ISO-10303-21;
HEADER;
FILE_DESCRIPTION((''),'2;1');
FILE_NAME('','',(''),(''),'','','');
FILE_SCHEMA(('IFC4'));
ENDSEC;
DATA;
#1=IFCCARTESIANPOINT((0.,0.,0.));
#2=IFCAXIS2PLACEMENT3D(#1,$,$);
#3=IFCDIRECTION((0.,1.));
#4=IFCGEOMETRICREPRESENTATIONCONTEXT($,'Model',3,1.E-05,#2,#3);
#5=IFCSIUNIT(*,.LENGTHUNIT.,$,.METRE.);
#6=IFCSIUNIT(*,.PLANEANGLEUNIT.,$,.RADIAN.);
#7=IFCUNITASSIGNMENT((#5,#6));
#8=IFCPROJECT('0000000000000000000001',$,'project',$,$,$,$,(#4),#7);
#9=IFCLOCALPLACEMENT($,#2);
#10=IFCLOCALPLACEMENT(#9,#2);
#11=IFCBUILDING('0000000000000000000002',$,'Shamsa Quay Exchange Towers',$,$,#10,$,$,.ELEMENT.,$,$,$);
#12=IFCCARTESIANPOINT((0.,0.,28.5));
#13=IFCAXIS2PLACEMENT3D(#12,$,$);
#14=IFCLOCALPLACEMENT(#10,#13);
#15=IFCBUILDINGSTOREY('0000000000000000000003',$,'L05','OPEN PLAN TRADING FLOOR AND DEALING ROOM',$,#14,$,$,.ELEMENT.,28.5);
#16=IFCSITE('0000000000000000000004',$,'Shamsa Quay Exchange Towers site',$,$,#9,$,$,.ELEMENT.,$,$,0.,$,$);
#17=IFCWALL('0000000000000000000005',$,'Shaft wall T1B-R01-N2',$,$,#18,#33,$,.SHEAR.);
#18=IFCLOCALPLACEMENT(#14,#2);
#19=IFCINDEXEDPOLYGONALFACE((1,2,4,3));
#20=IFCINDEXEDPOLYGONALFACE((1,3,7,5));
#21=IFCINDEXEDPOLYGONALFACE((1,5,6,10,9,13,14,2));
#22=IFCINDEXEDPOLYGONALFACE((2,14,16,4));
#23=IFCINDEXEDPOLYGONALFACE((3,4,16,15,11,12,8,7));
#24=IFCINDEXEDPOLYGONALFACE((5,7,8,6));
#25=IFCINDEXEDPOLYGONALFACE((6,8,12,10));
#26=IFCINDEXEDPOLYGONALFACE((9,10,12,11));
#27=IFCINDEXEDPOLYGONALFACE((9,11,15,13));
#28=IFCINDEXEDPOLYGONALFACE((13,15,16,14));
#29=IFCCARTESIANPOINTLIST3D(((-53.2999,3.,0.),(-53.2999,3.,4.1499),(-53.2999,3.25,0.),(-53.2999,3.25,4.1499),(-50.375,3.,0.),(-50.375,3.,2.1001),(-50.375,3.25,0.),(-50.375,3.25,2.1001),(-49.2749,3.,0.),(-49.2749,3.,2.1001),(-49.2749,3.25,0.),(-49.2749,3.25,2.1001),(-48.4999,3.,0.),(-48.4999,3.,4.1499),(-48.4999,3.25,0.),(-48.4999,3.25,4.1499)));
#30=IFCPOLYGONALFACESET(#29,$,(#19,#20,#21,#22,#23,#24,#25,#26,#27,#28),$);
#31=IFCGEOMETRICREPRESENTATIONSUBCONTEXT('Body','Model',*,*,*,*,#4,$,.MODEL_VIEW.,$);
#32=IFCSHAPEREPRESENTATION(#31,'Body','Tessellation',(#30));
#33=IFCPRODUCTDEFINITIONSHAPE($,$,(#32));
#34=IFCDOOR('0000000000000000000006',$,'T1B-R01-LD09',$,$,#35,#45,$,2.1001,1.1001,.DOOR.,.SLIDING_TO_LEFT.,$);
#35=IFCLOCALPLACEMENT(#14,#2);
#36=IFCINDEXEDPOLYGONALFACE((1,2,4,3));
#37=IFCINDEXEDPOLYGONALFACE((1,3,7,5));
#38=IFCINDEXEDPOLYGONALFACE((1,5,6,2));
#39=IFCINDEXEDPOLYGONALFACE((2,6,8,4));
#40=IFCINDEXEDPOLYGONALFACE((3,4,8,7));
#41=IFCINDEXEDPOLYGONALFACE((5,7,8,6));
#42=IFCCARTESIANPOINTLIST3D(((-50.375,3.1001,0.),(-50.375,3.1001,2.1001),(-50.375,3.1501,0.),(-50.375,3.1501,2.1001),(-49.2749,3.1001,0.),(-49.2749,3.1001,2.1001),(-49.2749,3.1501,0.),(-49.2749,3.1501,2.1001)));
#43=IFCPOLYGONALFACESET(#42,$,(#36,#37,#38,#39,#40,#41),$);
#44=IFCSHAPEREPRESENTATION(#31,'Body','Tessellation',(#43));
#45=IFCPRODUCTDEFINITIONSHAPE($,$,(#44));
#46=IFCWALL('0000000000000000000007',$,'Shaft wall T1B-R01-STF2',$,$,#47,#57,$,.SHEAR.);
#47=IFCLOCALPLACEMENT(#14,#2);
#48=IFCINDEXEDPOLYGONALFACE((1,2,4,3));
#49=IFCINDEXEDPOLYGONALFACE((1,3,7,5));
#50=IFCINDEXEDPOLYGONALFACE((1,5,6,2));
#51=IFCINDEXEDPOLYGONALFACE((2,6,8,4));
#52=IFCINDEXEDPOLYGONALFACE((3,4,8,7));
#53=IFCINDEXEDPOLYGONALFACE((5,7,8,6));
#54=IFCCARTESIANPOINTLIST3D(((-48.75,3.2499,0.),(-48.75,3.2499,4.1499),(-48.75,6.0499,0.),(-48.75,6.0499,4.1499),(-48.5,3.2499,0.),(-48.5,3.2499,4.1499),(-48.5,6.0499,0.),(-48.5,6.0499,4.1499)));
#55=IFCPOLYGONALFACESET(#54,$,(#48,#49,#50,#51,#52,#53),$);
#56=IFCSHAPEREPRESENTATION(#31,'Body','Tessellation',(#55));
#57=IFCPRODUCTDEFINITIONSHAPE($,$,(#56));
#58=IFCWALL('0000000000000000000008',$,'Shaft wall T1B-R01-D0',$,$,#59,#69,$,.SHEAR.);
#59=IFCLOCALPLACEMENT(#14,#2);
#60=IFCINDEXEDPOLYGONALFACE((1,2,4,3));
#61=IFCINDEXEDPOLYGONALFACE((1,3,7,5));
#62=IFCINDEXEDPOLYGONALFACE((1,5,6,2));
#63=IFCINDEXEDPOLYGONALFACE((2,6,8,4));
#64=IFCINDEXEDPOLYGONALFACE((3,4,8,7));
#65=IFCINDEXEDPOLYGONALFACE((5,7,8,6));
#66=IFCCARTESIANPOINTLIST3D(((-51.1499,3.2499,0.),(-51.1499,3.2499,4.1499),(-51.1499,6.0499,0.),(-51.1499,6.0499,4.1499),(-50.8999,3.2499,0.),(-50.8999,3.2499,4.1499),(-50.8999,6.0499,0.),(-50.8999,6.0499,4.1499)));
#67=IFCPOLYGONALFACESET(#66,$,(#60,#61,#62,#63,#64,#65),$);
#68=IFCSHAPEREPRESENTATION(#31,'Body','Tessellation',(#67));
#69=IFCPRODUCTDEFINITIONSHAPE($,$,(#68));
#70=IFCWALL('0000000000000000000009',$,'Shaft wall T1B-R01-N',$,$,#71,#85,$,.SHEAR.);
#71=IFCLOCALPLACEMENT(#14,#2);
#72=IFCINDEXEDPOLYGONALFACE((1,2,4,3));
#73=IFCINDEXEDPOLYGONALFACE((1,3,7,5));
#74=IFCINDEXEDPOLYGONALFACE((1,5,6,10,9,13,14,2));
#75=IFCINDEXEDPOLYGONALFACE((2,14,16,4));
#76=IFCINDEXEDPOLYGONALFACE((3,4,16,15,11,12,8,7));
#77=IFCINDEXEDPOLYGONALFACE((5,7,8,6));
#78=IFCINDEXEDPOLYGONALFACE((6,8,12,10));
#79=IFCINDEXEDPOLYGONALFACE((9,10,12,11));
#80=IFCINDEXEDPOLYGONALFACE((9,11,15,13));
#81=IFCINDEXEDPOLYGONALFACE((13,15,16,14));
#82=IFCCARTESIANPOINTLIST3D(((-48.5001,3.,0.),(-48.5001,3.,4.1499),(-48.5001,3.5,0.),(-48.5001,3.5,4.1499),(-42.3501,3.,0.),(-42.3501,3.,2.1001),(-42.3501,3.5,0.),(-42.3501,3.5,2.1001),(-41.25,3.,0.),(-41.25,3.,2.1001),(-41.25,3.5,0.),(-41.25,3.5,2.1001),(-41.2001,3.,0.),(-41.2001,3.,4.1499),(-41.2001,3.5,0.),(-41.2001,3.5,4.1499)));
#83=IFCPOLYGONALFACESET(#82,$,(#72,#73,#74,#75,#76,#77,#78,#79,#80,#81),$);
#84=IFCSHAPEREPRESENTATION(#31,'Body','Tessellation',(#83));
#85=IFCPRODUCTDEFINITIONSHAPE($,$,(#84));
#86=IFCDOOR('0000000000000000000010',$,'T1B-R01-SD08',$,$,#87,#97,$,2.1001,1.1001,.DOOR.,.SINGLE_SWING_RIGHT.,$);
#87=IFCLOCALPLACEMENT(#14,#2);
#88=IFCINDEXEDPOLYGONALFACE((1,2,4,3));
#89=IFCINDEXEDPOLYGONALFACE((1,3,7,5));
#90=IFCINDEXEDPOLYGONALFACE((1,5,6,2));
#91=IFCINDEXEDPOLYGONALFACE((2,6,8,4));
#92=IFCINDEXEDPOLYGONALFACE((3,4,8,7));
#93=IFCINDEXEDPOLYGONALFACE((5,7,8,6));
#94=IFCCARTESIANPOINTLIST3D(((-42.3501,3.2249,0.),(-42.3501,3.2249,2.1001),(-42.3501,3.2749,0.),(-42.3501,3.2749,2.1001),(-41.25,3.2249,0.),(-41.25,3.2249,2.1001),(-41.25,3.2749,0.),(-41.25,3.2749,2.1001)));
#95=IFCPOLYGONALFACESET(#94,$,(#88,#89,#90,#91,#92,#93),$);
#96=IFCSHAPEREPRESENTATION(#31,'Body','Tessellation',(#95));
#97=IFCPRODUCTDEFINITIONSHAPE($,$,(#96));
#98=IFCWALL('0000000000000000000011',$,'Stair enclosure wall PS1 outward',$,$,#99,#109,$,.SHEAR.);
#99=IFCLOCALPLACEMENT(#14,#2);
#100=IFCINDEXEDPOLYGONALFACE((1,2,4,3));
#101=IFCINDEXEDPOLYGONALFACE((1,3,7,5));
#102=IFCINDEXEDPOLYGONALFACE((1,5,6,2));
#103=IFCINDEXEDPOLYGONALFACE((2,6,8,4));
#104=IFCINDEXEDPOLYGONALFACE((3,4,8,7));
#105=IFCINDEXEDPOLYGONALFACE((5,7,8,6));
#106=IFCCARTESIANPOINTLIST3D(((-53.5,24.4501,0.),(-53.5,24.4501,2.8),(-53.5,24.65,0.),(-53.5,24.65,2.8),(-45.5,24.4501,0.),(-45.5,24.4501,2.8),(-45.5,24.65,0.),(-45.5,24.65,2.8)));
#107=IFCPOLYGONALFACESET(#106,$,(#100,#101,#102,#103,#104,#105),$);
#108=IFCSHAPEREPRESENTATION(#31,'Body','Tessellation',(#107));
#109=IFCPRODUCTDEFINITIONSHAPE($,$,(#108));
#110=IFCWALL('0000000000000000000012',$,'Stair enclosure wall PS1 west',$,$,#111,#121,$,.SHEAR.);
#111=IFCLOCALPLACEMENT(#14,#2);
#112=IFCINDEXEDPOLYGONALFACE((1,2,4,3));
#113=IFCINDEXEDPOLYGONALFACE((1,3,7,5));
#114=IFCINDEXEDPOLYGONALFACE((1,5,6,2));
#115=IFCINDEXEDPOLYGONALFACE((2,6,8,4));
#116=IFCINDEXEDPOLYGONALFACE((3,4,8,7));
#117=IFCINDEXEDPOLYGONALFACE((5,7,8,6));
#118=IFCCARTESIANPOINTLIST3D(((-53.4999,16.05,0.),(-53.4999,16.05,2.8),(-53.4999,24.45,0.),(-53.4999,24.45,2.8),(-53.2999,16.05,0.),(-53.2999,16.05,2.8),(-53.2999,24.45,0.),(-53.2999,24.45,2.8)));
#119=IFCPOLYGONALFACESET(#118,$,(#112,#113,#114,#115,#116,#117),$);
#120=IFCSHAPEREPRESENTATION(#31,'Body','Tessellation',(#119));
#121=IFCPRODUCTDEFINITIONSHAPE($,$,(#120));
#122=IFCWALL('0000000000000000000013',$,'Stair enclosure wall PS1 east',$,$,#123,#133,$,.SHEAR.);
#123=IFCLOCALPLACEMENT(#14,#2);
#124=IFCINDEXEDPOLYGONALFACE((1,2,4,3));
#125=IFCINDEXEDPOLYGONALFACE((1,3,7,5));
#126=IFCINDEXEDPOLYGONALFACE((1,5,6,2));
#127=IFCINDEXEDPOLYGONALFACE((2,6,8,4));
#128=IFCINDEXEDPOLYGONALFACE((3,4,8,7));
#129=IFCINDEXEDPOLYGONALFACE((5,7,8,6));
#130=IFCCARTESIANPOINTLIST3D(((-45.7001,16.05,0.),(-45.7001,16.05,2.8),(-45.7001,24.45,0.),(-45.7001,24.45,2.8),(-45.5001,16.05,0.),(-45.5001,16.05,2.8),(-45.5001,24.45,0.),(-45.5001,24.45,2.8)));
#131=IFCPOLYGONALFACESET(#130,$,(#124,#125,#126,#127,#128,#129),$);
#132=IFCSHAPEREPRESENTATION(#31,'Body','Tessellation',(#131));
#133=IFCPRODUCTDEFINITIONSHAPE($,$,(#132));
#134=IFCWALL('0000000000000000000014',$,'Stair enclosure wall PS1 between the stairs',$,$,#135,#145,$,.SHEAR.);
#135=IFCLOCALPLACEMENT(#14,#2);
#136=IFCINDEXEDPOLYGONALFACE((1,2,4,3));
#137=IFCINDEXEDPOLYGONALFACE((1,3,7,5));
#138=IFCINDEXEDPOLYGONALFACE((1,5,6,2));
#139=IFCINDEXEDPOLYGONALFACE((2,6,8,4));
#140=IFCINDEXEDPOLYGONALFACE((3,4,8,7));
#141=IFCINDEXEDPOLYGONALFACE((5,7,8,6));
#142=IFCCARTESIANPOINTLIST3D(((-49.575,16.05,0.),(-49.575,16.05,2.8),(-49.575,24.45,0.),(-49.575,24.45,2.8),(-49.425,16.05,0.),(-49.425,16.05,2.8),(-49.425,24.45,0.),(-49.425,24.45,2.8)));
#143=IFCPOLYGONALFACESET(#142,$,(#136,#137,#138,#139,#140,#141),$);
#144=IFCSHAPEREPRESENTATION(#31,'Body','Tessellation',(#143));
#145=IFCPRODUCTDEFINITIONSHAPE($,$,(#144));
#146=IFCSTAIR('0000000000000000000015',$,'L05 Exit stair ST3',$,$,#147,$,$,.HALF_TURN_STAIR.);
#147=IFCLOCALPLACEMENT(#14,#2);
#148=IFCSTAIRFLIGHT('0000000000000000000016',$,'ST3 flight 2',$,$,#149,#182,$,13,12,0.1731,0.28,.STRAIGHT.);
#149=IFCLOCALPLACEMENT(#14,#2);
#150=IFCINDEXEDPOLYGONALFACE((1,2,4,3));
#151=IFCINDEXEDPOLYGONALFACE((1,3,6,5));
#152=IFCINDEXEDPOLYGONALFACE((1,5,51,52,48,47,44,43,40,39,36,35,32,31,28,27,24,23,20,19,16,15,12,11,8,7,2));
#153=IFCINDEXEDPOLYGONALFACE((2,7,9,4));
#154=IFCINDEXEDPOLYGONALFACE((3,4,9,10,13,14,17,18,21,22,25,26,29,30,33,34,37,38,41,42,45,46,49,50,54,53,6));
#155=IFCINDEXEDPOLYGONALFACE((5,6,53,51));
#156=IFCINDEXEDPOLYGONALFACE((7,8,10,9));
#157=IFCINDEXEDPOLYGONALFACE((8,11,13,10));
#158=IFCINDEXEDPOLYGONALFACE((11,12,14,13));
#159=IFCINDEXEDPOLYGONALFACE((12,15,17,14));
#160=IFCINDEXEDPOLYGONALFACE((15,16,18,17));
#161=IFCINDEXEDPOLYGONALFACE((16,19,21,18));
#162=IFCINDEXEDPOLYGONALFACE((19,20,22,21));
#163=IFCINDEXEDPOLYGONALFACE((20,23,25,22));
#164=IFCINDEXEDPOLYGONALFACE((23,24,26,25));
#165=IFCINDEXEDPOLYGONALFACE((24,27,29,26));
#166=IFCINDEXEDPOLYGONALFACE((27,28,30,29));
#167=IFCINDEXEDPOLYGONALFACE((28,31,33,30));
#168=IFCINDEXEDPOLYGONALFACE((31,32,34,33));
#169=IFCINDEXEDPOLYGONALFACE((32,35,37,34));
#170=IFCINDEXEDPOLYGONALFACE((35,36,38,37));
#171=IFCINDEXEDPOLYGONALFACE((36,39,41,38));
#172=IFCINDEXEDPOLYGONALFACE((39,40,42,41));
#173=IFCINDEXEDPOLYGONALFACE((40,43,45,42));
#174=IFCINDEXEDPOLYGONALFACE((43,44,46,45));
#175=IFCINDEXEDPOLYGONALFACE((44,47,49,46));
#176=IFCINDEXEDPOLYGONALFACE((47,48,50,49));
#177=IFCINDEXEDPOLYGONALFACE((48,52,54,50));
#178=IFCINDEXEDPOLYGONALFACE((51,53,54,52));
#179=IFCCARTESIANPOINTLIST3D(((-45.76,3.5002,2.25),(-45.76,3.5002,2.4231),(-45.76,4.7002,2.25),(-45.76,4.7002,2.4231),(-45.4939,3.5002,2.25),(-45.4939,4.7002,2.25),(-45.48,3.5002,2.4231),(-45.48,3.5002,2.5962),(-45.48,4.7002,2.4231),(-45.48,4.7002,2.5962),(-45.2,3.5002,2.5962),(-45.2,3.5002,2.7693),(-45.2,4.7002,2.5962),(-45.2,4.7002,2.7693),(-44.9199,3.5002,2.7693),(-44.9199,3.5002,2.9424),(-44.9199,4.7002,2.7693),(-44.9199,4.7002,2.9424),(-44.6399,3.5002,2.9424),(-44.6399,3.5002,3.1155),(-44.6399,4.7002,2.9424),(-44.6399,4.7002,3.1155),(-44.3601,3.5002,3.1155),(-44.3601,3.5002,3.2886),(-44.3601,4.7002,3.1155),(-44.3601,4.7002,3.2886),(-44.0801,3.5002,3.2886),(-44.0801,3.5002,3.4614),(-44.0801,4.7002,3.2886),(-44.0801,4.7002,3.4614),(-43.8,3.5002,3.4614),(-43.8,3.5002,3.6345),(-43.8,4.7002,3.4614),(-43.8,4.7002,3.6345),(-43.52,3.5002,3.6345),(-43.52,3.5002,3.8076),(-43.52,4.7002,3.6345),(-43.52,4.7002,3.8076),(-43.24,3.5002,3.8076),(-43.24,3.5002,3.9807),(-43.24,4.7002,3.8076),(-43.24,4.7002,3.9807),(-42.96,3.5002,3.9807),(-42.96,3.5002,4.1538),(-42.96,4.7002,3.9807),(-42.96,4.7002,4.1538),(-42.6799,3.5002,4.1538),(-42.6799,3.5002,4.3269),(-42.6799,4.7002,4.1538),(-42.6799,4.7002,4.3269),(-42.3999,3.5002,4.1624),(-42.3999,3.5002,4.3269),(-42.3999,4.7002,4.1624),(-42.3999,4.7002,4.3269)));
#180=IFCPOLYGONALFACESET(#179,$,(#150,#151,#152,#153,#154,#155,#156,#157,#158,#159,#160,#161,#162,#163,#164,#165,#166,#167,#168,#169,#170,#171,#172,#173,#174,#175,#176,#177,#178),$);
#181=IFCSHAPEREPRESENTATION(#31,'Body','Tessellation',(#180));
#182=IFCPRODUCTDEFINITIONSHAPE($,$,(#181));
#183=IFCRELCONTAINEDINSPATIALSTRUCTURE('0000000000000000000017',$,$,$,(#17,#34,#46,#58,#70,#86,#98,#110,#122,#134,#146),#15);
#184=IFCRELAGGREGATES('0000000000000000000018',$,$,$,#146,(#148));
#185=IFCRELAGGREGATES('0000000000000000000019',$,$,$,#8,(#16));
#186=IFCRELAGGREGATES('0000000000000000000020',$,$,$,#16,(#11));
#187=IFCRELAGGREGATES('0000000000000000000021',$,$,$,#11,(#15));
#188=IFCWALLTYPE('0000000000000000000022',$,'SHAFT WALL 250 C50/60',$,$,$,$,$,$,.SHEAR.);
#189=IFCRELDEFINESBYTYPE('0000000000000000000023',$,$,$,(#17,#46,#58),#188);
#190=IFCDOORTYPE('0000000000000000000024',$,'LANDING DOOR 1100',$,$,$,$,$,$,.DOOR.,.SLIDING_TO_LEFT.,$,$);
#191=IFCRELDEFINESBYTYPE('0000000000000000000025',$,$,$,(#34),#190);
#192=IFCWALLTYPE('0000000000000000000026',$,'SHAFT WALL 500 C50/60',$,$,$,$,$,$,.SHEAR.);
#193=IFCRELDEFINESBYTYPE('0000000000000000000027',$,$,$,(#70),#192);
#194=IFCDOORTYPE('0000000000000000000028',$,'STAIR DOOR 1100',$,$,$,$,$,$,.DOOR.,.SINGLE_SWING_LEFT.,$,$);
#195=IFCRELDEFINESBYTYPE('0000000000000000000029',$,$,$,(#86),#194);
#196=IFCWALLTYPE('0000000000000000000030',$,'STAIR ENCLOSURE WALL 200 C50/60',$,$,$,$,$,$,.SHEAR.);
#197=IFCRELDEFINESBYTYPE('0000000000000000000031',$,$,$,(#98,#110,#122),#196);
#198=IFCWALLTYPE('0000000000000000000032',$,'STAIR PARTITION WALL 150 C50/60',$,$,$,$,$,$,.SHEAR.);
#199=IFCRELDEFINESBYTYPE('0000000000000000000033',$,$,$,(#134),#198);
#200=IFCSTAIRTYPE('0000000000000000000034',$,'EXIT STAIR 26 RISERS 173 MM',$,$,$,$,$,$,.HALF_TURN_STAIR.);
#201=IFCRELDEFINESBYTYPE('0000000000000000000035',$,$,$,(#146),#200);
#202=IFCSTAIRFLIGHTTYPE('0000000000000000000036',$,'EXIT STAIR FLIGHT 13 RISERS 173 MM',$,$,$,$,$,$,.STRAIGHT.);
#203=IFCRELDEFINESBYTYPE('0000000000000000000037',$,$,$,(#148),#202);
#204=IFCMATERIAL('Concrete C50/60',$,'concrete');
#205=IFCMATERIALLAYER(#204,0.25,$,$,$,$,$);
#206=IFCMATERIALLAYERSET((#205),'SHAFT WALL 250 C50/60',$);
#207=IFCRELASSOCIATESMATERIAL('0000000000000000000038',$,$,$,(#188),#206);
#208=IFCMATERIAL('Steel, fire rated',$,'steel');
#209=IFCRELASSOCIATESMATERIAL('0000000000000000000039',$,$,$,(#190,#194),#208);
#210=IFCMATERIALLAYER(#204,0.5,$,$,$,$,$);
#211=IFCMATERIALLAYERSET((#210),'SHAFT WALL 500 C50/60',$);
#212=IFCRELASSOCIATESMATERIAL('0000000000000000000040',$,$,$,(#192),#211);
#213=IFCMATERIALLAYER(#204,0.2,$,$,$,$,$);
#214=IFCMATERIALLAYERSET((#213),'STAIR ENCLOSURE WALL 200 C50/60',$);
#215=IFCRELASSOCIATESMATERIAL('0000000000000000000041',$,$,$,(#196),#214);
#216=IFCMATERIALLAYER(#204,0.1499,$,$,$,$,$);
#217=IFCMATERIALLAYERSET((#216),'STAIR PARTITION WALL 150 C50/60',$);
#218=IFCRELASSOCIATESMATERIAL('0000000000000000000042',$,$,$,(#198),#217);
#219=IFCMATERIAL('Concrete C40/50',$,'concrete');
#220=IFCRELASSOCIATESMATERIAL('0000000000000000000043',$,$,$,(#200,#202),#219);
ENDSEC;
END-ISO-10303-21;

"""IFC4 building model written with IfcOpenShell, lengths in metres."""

from ifc_helpers import new_model, si_unit, direction, frame, frame_2d, origin, place, context, subcontext, project, spatial, polyline, rectangle, outline, extrude, material, layer, layer_set, type_object, element, fill, aggregate, save


model = new_model("IFC4")

# Units and contexts
model_context = context("Model", 3, precision=1e-05, world=origin(), true_north=direction((0.0, 1.0)))
body_context = subcontext(model_context, "Body", "Model", "MODEL_VIEW")
ifc_project = project(units=[si_unit("LENGTHUNIT", "METRE"), si_unit("PLANEANGLEUNIT", "RADIAN")], contexts=[model_context])

# Site, building, storey
site_placement = place(None, origin())
site = spatial("IfcSite", under=ifc_project, at=site_placement, Name="Shamsa Quay Exchange Towers site", CompositionType="ELEMENT", RefElevation=0.0)
building_placement = place(site_placement, origin())
building = spatial("IfcBuilding", under=site, at=building_placement, Name="Shamsa Quay Exchange Towers", CompositionType="ELEMENT")
storey_placement = place(building_placement, frame((0.0, 0.0, 28.5)))
storey = spatial("IfcBuildingStorey", under=building, at=storey_placement, Name="L05", Description="OPEN PLAN TRADING FLOOR AND DEALING ROOM", CompositionType="ELEMENT", Elevation=28.5)

# Wall, opening, door
ifc_material_1 = material(Name="Concrete C50/60", Category="concrete")
ifc_layer_1 = layer(ifc_material_1, 0.25)
ifc_layer_set_1 = layer_set([ifc_layer_1], Name="SHAFT WALL 250 C50/60")
wall_type_1 = type_object("IfcWallType", Name="SHAFT WALL 250 C50/60", PredefinedType="SHEAR", material=ifc_layer_set_1)
wall_1_placement = place(storey_placement, frame((-48.5, 3.125, 0.0), z_axis=(0.0, 0.0, 1.0), x_axis=(-1.0, 0.0, 0.0)))
wall_1 = element("IfcWall", 1, at=wall_1_placement, inside=storey, type_object=wall_type_1, Name="Shaft wall T1B-R01-N2", PredefinedType="SHEAR", context=body_context, shape_type="SweptSolid", body=[
    extrude(rectangle(XDim=4.8, YDim=0.25, at=frame_2d((2.3999, 0.0))), origin(), (0.0, 0.0, 1.0), 4.1499),
])
opening_1_placement = place(wall_1_placement, frame((0.7749, 0.0, 0.0)))
opening_1 = element("IfcOpeningElement", 2, at=opening_1_placement, cuts=wall_1, PredefinedType="OPENING", context=body_context, shape_type="SweptSolid", body=[
    extrude(rectangle(XDim=1.1001, YDim=2.1001, at=frame_2d((0.55, 1.05))), frame((0.0, 0.135, 0.0), z_axis=(0.0, -1.0, 0.0), x_axis=(1.0, 0.0, 0.0)), (0.0, 0.0, 1.0), 0.27),
])
ifc_material_2 = material(Name="Steel, fire rated", Category="steel")
door_type_1 = type_object("IfcDoorType", Name="LANDING DOOR 1100", OperationType="SLIDING_TO_LEFT", PredefinedType="DOOR", material=ifc_material_2)
door_1_placement = place(opening_1_placement, origin())
door_1 = element("IfcDoor", 3, at=door_1_placement, inside=storey, type_object=door_type_1, Name="T1B-R01-LD09", OperationType="SLIDING_TO_LEFT", OverallHeight=2.1001, OverallWidth=1.1001, PredefinedType="DOOR", context=body_context, shape_type="SweptSolid", body=[
    extrude(rectangle(XDim=1.1001, YDim=2.1001, at=frame_2d((0.55, 1.05))), frame((0.0, 0.0249, 0.0), z_axis=(0.0, -1.0, 0.0), x_axis=(1.0, 0.0, 0.0)), (0.0, 0.0, 1.0), 0.05),
])
fill(opening_1, door_1)

# Walls
for number, where, z_axis, x_axis, name in (
    (4, (-48.625, 3.25, 0.0), (0.0, 0.0, 1.0), (0.0, 1.0, 0.0), "Shaft wall T1B-R01-STF2"),
    (5, (-51.0249, 3.25, 0.0), (0.0, 0.0, 1.0), (0.0, 1.0, 0.0), "Shaft wall T1B-R01-D0"),
):
    element("IfcWall", number, at=place(storey_placement, frame(where, z_axis=z_axis, x_axis=x_axis)), inside=storey, type_object=wall_type_1, Name=name, PredefinedType="SHEAR", context=body_context, shape_type="SweptSolid", body=[
        extrude(rectangle(XDim=2.8, YDim=0.25, at=frame_2d((1.3999, 0.0))), origin(), (0.0, 0.0, 1.0), 4.1499),
    ])

# Wall, opening, door
ifc_layer_2 = layer(ifc_material_1, 0.5)
ifc_layer_set_2 = layer_set([ifc_layer_2], Name="SHAFT WALL 500 C50/60")
wall_type_2 = type_object("IfcWallType", Name="SHAFT WALL 500 C50/60", PredefinedType="SHEAR", material=ifc_layer_set_2)
wall_2_placement = place(storey_placement, frame((-48.5, 3.25, 0.0)))
wall_2 = element("IfcWall", 6, at=wall_2_placement, inside=storey, type_object=wall_type_2, Name="Shaft wall T1B-R01-N", PredefinedType="SHEAR", context=body_context, shape_type="SweptSolid", body=[
    extrude(rectangle(XDim=7.3, YDim=0.5, at=frame_2d((3.6499, 0.0))), origin(), (0.0, 0.0, 1.0), 4.1499),
])
opening_2_placement = place(wall_2_placement, frame((6.1499, 0.0, 0.0)))
opening_2 = element("IfcOpeningElement", 7, at=opening_2_placement, cuts=wall_2, PredefinedType="OPENING", context=body_context, shape_type="SweptSolid", body=[
    extrude(rectangle(XDim=1.1001, YDim=2.1001, at=frame_2d((0.55, 1.05))), frame((0.0, 0.26, 0.0), z_axis=(0.0, -1.0, 0.0), x_axis=(1.0, 0.0, 0.0)), (0.0, 0.0, 1.0), 0.52),
])
door_type_2 = type_object("IfcDoorType", Name="STAIR DOOR 1100", OperationType="SINGLE_SWING_LEFT", PredefinedType="DOOR", material=ifc_material_2)
door_2_placement = place(opening_2_placement, origin())
door_2 = element("IfcDoor", 8, at=door_2_placement, inside=storey, type_object=door_type_2, Name="T1B-R01-SD08", OperationType="SINGLE_SWING_RIGHT", OverallHeight=2.1001, OverallWidth=1.1001, PredefinedType="DOOR", context=body_context, shape_type="SweptSolid", body=[
    extrude(rectangle(XDim=1.1001, YDim=2.1001, at=frame_2d((0.55, 1.05))), frame((0.0, 0.0249, 0.0), z_axis=(0.0, -1.0, 0.0), x_axis=(1.0, 0.0, 0.0)), (0.0, 0.0, 1.0), 0.05),
])
fill(opening_2, door_2)

# Shared definitions
ifc_layer_3 = layer(ifc_material_1, 0.2)
ifc_layer_set_3 = layer_set([ifc_layer_3], Name="STAIR ENCLOSURE WALL 200 C50/60")
wall_type_3 = type_object("IfcWallType", Name="STAIR ENCLOSURE WALL 200 C50/60", PredefinedType="SHEAR", material=ifc_layer_set_3)

# Walls
wall_3_placement = place(storey_placement, frame((-53.5, 24.55, 0.0)))
element("IfcWall", 9, at=wall_3_placement, inside=storey, type_object=wall_type_3, Name="Stair enclosure wall PS1 outward", PredefinedType="SHEAR", context=body_context, shape_type="SweptSolid", body=[
    extrude(rectangle(XDim=8.0, YDim=0.2, at=frame_2d((4.0, 0.0))), origin(), (0.0, 0.0, 1.0), 2.8),
])
for number, where, z_axis, x_axis, name in (
    (10, (-53.3999, 16.05, 0.0), (0.0, 0.0, 1.0), (0.0, 1.0, 0.0), "Stair enclosure wall PS1 west"),
    (11, (-45.6001, 16.05, 0.0), (0.0, 0.0, 1.0), (0.0, 1.0, 0.0), "Stair enclosure wall PS1 east"),
):
    element("IfcWall", number, at=place(storey_placement, frame(where, z_axis=z_axis, x_axis=x_axis)), inside=storey, type_object=wall_type_3, Name=name, PredefinedType="SHEAR", context=body_context, shape_type="SweptSolid", body=[
        extrude(rectangle(XDim=8.3999, YDim=0.2, at=frame_2d((4.2, 0.0))), origin(), (0.0, 0.0, 1.0), 2.8),
    ])
ifc_layer_4 = layer(ifc_material_1, 0.1499)
ifc_layer_set_4 = layer_set([ifc_layer_4], Name="STAIR PARTITION WALL 150 C50/60")
wall_type_4 = type_object("IfcWallType", Name="STAIR PARTITION WALL 150 C50/60", PredefinedType="SHEAR", material=ifc_layer_set_4)
wall_4_placement = place(storey_placement, frame((-49.5, 16.05, 0.0), z_axis=(0.0, 0.0, 1.0), x_axis=(0.0, 1.0, 0.0)))
element("IfcWall", 12, at=wall_4_placement, inside=storey, type_object=wall_type_4, Name="Stair enclosure wall PS1 between the stairs", PredefinedType="SHEAR", context=body_context, shape_type="SweptSolid", body=[
    extrude(rectangle(XDim=8.3999, YDim=0.1499, at=frame_2d((4.2, 0.0))), origin(), (0.0, 0.0, 1.0), 2.8),
])

# Stair, stair flight
ifc_material_3 = material(Name="Concrete C40/50", Category="concrete")
stair_type = type_object("IfcStairType", Name="EXIT STAIR 26 RISERS 173 MM", PredefinedType="HALF_TURN_STAIR", material=ifc_material_3)
stair_placement = place(storey_placement, origin())
stair = element("IfcStair", 13, at=stair_placement, inside=storey, type_object=stair_type, Name="L05 Exit stair ST3", PredefinedType="HALF_TURN_STAIR")
stair_flight_type = type_object("IfcStairFlightType", Name="EXIT STAIR FLIGHT 13 RISERS 173 MM", PredefinedType="STRAIGHT", material=ifc_material_3)
stair_flight_placement = place(storey_placement, frame((-45.76, 4.1001, 2.25)))
stair_flight = element("IfcStairFlight", 14, at=stair_flight_placement, type_object=stair_flight_type, Name="ST3 flight 2", NumberOfRisers=13, NumberOfTreads=12, PredefinedType="STRAIGHT", RiserHeight=0.1731, TreadLength=0.28, context=body_context, shape_type="SweptSolid", body=[
    extrude(outline(polyline([(0.0, 0.0), (0.0, 0.1731), (0.28, 0.1731), (0.28, 0.3462), (0.5601, 0.3462), (0.5601, 0.5193), (0.8401, 0.5193), (0.8401, 0.6924), (1.1201, 0.6924), (1.1201, 0.8655), (1.3999, 0.8655), (1.3999, 1.0386), (1.6799, 1.0386), (1.6799, 1.2114), (1.96, 1.2114), (1.96, 1.3845), (2.24, 1.3845), (2.24, 1.5576), (2.52, 1.5576), (2.52, 1.7307), (2.8, 1.7307), (2.8, 1.9038), (3.0801, 1.9038), (3.0801, 2.0769), (3.3601, 2.0769), (3.3601, 2.25), (3.3601, 1.9124), (0.2661, 0.0), (0.0, 0.0)])), frame((0.0, 0.6001, 0.0), z_axis=(0.0, -1.0, 0.0), x_axis=(1.0, 0.0, 0.0)), (0.0, 0.0, 1.0), 1.2),
])
aggregate(stair, [stair_flight])

save(model, "model.ifc")
